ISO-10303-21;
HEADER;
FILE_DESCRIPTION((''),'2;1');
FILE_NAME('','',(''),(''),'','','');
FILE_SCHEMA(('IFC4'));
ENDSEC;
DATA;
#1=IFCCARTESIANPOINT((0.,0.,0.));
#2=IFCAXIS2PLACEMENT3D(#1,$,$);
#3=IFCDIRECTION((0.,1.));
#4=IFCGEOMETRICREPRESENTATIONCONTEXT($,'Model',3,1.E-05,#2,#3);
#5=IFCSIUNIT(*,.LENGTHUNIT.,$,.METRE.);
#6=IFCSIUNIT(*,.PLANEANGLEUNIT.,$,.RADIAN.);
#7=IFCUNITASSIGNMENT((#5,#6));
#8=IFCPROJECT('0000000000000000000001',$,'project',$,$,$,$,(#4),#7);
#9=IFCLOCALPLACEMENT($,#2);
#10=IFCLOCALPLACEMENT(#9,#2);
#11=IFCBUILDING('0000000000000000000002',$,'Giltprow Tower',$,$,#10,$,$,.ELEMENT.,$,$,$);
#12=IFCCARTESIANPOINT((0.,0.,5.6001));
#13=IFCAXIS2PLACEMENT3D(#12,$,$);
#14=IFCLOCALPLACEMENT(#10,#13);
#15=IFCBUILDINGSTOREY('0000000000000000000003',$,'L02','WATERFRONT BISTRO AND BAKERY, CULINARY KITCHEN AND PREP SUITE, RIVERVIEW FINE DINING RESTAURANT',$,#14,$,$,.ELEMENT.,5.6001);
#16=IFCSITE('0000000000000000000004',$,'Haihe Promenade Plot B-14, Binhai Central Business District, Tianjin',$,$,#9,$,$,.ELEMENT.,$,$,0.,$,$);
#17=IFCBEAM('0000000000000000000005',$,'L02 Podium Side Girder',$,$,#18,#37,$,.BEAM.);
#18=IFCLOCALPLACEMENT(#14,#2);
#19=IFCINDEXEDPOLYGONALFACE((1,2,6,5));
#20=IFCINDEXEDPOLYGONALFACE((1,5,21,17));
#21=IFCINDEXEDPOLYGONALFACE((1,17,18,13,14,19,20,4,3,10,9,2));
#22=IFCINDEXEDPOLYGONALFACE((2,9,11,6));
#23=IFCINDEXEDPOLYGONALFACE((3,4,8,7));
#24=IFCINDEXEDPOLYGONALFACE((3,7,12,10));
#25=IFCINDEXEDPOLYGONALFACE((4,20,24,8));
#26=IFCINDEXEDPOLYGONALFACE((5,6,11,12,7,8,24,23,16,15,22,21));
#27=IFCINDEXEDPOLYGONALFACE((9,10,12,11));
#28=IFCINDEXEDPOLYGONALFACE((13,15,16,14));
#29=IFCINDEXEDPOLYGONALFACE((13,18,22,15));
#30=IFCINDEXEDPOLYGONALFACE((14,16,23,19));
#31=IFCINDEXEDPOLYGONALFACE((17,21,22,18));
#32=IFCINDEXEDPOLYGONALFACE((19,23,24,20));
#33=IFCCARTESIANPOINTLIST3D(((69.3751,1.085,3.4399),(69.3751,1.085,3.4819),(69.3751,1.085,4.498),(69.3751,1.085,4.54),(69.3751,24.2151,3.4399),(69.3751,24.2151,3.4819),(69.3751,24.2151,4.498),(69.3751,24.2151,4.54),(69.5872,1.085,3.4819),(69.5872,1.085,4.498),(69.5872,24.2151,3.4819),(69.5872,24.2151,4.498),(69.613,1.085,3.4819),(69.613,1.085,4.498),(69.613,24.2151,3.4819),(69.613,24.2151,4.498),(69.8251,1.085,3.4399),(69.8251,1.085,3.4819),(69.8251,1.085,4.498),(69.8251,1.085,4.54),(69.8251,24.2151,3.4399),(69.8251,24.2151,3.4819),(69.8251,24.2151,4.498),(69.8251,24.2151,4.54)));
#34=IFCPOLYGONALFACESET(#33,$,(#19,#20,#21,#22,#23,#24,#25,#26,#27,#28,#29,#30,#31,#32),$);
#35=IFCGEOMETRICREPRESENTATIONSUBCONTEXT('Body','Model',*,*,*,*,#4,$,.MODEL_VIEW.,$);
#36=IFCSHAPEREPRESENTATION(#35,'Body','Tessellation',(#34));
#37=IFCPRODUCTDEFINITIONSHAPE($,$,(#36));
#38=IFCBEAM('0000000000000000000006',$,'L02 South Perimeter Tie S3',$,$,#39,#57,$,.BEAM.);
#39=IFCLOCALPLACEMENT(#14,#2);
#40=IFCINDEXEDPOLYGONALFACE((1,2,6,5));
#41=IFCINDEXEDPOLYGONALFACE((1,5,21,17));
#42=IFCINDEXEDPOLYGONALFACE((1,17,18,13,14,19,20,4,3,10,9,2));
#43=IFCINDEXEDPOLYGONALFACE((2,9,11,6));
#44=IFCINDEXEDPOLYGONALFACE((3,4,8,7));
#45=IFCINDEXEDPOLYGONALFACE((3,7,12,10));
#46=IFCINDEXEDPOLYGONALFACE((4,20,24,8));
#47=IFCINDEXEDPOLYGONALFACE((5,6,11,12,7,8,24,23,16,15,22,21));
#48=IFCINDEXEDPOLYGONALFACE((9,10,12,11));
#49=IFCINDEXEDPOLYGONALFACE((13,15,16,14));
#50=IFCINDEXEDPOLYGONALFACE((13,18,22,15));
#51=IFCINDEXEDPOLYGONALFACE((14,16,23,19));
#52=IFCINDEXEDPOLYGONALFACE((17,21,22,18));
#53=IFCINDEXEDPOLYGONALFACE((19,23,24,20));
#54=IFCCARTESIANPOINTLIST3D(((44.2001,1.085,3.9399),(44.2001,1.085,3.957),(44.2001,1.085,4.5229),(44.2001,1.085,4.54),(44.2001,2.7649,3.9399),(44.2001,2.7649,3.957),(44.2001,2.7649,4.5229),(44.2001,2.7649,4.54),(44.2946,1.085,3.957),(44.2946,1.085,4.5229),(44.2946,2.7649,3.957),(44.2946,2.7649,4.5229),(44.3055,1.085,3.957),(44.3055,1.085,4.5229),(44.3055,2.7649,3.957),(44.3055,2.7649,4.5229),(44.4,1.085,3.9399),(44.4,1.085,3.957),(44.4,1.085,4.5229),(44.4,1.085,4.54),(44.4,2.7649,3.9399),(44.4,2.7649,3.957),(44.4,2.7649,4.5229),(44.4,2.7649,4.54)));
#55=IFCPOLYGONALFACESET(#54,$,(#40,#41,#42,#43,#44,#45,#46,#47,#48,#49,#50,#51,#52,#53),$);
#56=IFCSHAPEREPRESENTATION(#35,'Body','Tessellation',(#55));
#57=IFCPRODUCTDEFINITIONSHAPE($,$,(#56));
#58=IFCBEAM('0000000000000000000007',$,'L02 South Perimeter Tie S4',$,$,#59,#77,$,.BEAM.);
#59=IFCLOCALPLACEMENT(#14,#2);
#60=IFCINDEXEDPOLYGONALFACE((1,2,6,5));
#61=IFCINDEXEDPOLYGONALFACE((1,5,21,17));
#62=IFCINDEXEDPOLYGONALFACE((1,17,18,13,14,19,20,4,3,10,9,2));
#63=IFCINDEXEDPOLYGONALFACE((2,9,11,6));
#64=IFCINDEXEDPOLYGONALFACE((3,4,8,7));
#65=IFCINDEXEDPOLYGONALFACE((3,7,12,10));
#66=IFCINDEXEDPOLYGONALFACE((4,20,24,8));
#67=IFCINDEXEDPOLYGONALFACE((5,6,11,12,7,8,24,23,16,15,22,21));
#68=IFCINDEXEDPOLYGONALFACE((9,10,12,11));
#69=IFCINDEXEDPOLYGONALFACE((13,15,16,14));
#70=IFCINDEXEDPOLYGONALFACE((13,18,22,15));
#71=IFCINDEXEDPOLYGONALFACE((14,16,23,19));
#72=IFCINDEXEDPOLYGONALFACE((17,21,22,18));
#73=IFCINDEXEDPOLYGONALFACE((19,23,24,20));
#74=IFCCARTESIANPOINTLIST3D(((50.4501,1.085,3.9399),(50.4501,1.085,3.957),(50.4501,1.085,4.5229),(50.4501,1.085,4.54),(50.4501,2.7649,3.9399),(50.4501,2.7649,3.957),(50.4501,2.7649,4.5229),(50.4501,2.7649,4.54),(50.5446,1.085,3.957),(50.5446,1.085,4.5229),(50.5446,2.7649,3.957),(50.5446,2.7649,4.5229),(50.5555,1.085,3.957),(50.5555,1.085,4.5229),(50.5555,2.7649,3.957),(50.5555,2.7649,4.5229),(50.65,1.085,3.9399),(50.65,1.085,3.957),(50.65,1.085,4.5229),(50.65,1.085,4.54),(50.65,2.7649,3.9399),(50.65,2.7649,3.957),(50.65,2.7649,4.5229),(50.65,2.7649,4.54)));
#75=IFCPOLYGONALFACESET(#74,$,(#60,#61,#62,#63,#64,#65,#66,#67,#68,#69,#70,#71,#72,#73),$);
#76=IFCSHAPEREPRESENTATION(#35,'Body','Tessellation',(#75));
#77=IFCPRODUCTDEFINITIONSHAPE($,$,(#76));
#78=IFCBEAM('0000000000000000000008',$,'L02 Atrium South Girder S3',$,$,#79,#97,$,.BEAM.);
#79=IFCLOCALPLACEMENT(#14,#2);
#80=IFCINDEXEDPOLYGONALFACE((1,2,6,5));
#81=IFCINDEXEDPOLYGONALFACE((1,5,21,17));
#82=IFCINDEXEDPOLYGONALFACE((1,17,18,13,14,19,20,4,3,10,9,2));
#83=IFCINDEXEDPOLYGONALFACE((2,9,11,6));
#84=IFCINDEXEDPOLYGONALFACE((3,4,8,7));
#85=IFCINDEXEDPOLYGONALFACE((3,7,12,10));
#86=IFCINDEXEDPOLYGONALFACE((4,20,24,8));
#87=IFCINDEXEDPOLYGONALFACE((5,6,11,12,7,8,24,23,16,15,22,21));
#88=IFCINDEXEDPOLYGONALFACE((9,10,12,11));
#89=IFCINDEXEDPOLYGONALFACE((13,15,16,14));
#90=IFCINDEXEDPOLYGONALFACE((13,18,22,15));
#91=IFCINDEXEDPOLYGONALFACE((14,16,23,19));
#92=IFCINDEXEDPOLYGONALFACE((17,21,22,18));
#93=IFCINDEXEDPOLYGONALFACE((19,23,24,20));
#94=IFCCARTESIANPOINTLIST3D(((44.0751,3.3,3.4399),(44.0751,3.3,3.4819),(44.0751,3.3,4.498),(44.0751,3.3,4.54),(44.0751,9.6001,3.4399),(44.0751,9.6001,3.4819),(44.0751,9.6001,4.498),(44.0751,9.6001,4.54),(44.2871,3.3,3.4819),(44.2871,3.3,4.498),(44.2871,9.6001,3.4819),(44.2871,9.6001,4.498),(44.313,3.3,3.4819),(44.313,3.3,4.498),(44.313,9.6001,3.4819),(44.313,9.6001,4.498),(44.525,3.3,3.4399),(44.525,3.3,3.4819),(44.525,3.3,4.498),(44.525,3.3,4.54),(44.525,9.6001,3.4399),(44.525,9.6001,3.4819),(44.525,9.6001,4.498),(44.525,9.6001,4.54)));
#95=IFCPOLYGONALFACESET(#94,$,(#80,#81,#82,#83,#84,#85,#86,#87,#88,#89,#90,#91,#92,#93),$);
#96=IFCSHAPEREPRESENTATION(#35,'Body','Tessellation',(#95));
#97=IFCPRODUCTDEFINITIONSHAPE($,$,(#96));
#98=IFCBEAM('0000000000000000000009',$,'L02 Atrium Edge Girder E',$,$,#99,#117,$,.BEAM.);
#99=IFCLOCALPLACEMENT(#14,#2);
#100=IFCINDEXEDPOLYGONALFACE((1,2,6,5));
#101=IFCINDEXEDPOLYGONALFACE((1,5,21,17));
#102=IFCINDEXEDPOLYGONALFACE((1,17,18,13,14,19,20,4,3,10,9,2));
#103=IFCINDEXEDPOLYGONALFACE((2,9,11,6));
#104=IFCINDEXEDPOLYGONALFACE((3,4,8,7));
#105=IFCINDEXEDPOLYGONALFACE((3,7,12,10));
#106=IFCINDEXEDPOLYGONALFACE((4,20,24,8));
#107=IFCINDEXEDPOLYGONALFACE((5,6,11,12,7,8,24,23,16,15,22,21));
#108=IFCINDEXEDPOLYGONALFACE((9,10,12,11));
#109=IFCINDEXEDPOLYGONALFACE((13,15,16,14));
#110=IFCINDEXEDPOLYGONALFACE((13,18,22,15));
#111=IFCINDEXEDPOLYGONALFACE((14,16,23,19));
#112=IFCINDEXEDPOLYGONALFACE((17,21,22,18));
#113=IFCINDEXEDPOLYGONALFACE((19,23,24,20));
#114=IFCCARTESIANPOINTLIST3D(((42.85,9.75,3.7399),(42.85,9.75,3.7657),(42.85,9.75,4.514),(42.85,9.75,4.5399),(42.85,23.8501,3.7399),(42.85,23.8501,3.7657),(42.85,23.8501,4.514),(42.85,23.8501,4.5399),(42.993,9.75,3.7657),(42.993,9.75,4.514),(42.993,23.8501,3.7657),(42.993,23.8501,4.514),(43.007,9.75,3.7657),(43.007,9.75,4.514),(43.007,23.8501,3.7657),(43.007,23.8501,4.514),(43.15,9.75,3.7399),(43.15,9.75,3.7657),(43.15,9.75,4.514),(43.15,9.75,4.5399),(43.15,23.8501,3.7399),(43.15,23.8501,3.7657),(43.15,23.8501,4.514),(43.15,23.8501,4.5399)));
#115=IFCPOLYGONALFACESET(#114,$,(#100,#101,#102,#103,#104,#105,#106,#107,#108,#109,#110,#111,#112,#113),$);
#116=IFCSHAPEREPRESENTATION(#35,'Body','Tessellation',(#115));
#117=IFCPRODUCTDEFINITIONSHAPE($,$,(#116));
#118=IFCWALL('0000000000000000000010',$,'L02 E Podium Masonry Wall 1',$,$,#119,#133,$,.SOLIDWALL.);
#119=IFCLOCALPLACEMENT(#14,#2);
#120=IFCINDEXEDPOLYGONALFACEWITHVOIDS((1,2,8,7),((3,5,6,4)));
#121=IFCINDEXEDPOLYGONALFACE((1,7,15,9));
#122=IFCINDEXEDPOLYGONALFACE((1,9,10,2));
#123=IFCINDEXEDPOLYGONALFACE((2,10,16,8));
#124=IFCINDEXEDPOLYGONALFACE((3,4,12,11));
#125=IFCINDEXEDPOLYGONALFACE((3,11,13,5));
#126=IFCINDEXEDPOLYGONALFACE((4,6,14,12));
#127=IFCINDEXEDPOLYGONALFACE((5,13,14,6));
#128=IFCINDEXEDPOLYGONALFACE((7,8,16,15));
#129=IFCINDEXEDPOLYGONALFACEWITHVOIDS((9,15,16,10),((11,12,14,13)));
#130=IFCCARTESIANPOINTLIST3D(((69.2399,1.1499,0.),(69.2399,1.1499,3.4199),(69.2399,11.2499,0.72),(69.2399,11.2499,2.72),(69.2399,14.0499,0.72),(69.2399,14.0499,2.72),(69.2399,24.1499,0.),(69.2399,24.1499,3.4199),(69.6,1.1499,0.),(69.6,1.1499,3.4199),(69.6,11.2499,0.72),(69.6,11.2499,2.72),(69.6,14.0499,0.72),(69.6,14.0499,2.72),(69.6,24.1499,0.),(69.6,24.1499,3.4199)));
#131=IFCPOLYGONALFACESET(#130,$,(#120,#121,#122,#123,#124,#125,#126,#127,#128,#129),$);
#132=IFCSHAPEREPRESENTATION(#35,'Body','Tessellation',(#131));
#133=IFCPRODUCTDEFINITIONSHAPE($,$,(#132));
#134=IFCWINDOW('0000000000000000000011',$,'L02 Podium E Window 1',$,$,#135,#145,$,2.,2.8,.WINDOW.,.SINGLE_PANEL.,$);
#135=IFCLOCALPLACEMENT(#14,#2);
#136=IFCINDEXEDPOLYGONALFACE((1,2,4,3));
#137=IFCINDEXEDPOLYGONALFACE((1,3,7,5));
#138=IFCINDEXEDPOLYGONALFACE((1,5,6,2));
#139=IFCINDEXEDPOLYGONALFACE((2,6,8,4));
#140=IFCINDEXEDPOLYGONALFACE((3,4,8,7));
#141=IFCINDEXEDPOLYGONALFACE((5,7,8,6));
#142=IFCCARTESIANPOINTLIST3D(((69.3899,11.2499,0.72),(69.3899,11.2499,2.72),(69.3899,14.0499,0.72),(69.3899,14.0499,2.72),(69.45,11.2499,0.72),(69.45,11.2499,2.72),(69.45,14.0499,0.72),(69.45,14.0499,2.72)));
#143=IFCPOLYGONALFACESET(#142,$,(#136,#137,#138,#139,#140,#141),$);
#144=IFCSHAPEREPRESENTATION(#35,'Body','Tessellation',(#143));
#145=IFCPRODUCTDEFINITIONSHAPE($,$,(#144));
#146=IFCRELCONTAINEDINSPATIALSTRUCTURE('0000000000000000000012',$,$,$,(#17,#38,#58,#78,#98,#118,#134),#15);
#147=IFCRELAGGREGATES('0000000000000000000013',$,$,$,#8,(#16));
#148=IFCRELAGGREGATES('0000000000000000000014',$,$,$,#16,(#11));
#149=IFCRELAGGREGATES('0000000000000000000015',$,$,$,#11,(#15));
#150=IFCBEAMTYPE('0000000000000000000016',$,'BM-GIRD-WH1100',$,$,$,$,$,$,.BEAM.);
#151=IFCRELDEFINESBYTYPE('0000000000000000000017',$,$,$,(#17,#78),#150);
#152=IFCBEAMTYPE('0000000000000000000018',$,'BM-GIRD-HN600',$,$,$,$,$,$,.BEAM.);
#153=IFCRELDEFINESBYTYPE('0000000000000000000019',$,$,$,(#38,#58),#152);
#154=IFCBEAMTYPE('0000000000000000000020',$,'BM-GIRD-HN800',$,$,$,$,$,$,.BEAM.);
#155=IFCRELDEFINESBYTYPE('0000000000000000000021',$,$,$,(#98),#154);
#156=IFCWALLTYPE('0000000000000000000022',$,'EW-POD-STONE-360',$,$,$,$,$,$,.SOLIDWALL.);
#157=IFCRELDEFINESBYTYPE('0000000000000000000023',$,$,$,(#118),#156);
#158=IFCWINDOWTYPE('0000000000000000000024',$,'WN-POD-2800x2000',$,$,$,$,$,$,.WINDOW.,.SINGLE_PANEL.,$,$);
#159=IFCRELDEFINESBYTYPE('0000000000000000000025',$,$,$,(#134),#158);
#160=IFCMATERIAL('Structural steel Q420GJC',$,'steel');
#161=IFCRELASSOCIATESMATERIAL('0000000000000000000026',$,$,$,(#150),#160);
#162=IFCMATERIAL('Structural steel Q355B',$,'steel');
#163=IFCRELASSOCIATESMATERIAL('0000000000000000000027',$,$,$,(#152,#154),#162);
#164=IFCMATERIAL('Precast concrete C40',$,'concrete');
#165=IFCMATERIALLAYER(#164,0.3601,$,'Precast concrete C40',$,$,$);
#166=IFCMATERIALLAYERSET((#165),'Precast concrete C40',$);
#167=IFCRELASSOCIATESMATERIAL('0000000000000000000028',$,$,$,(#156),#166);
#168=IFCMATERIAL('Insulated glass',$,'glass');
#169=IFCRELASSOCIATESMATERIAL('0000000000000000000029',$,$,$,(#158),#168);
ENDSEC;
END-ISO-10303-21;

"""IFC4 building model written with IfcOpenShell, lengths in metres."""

from ifc_helpers import new_model, si_unit, direction, frame, frame_2d, origin, origin_2d, place, context, subcontext, project, spatial, rectangle, i_section, extrude, source, transform, mapped, material, layer, layer_set, material_profile, profile_set, type_object, element, fill, save


model = new_model("IFC4")

# Units and contexts
model_context = context("Model", 3, precision=1e-05, world=origin(), true_north=direction((0.0, 1.0)))
body_context = subcontext(model_context, "Body", "Model", "MODEL_VIEW")
ifc_project = project(units=[si_unit("LENGTHUNIT", "METRE"), si_unit("PLANEANGLEUNIT", "RADIAN")], contexts=[model_context])

# Site, building, storey
site_placement = place(None, origin())
site = spatial("IfcSite", under=ifc_project, at=site_placement, Name="Haihe Promenade Plot B-14, Binhai Central Business District, Tianjin", CompositionType="ELEMENT", RefElevation=0.0)
building_placement = place(site_placement, origin())
building = spatial("IfcBuilding", under=site, at=building_placement, Name="Giltprow Tower", CompositionType="ELEMENT")
storey_placement = place(building_placement, frame((0.0, 0.0, 5.6001)))
storey = spatial("IfcBuildingStorey", under=building, at=storey_placement, Name="L02", Description="WATERFRONT BISTRO AND BAKERY, CULINARY KITCHEN AND PREP SUITE, RIVERVIEW FINE DINING RESTAURANT", CompositionType="ELEMENT", Elevation=5.6001)

# Shared definitions
ifc_material_1 = material(Name="Structural steel Q420GJC", Category="steel")

# Beams
ifc_material_profile_1 = material_profile(ifc_material_1, i_section(OverallWidth=0.45, OverallDepth=1.1001, WebThickness=0.0259, FlangeThickness=0.042, at=origin_2d()), Name="WH 1100x450x26x42")
ifc_profile_set_1 = profile_set([ifc_material_profile_1], Name="Structural steel Q420GJC")
beam_type_1 = type_object("IfcBeamType", Name="BM-GIRD-WH1100", PredefinedType="BEAM", material=ifc_profile_set_1)
shared_shape_1 = source(origin(), body_context, "Body", "SweptSolid", [
    extrude(i_section(OverallWidth=0.45, OverallDepth=1.1001, WebThickness=0.0259, FlangeThickness=0.042, at=origin_2d()), origin(), (0.0, 0.0, 1.0), 23.1301),
])
beam_1_placement = place(storey_placement, frame((69.6001, 1.085, 3.99), z_axis=(0.0, 1.0, 0.0), x_axis=(-1.0, 0.0, 0.0)))
element("IfcBeam", 1, at=beam_1_placement, inside=storey, type_object=beam_type_1, Name="L02 Podium Side Girder", PredefinedType="BEAM", context=body_context, shape_type="MappedRepresentation", body=[
    mapped(shared_shape_1, transform((0.0, 0.0, 0.0), x_axis=(1.0, 0.0, 0.0), y_axis=(0.0, 1.0, 0.0), z_axis=(0.0, 0.0, 1.0), scale=1.0)),
])
ifc_material_2 = material(Name="Structural steel Q355B", Category="steel")
ifc_material_profile_2 = material_profile(ifc_material_2, i_section(OverallWidth=0.2, OverallDepth=0.6001, WebThickness=0.011, FlangeThickness=0.0171, at=origin_2d()), Name="HN 600x200x11x17")
ifc_profile_set_2 = profile_set([ifc_material_profile_2], Name="Structural steel Q355B")
beam_type_2 = type_object("IfcBeamType", Name="BM-GIRD-HN600", PredefinedType="BEAM", material=ifc_profile_set_2)
shared_shape_2 = source(origin(), body_context, "Body", "SweptSolid", [
    extrude(i_section(OverallWidth=0.2, OverallDepth=0.6001, WebThickness=0.011, FlangeThickness=0.0171, at=origin_2d()), origin(), (0.0, 0.0, 1.0), 1.6799),
])
for number, where, z_axis, x_axis, name in (
    (2, (44.3, 1.085, 4.24), (0.0, 1.0, 0.0), (-1.0, 0.0, 0.0), "L02 South Perimeter Tie S3"),
    (3, (50.55, 1.085, 4.24), (0.0, 1.0, 0.0), (-1.0, 0.0, 0.0), "L02 South Perimeter Tie S4"),
):
    element("IfcBeam", number, at=place(storey_placement, frame(where, z_axis=z_axis, x_axis=x_axis)), inside=storey, type_object=beam_type_2, Name=name, PredefinedType="BEAM", context=body_context, shape_type="MappedRepresentation", body=[
        mapped(shared_shape_2, transform((0.0, 0.0, 0.0), x_axis=(1.0, 0.0, 0.0), y_axis=(0.0, 1.0, 0.0), z_axis=(0.0, 0.0, 1.0), scale=1.0)),
    ])
shared_shape_3 = source(origin(), body_context, "Body", "SweptSolid", [
    extrude(i_section(OverallWidth=0.45, OverallDepth=1.1001, WebThickness=0.0259, FlangeThickness=0.042, at=origin_2d()), origin(), (0.0, 0.0, 1.0), 6.3),
])
beam_2_placement = place(storey_placement, frame((44.3, 3.3, 3.99), z_axis=(0.0, 1.0, 0.0), x_axis=(-1.0, 0.0, 0.0)))
element("IfcBeam", 4, at=beam_2_placement, inside=storey, type_object=beam_type_1, Name="L02 Atrium South Girder S3", PredefinedType="BEAM", context=body_context, shape_type="MappedRepresentation", body=[
    mapped(shared_shape_3, transform((0.0, 0.0, 0.0), x_axis=(1.0, 0.0, 0.0), y_axis=(0.0, 1.0, 0.0), z_axis=(0.0, 0.0, 1.0), scale=1.0)),
])
ifc_material_profile_3 = material_profile(ifc_material_2, i_section(OverallWidth=0.3, OverallDepth=0.8, WebThickness=0.0139, FlangeThickness=0.0259, at=origin_2d()), Name="HN 800x300x14x26")
ifc_profile_set_3 = profile_set([ifc_material_profile_3], Name="Structural steel Q355B")
beam_type_3 = type_object("IfcBeamType", Name="BM-GIRD-HN800", PredefinedType="BEAM", material=ifc_profile_set_3)
shared_shape_4 = source(origin(), body_context, "Body", "SweptSolid", [
    extrude(i_section(OverallWidth=0.3, OverallDepth=0.8, WebThickness=0.0139, FlangeThickness=0.0259, at=origin_2d()), origin(), (0.0, 0.0, 1.0), 14.1001),
])
beam_3_placement = place(storey_placement, frame((43.0, 9.75, 4.1399), z_axis=(0.0, 1.0, 0.0), x_axis=(-1.0, 0.0, 0.0)))
element("IfcBeam", 5, at=beam_3_placement, inside=storey, type_object=beam_type_3, Name="L02 Atrium Edge Girder E", PredefinedType="BEAM", context=body_context, shape_type="MappedRepresentation", body=[
    mapped(shared_shape_4, transform((0.0, 0.0, 0.0), x_axis=(1.0, 0.0, 0.0), y_axis=(0.0, 1.0, 0.0), z_axis=(0.0, 0.0, 1.0), scale=1.0)),
])

# Wall, opening, window
ifc_material_3 = material(Name="Precast concrete C40", Category="concrete")
ifc_layer = layer(ifc_material_3, 0.3601, Name="Precast concrete C40")
ifc_layer_set = layer_set([ifc_layer], Name="Precast concrete C40")
wall_type = type_object("IfcWallType", Name="EW-POD-STONE-360", PredefinedType="SOLIDWALL", material=ifc_layer_set)
wall_placement = place(storey_placement, frame((69.4199, 1.1499, 0.0), z_axis=(0.0, 0.0, 1.0), x_axis=(0.0, 1.0, 0.0)))
wall = element("IfcWall", 6, at=wall_placement, inside=storey, type_object=wall_type, Name="L02 E Podium Masonry Wall 1", PredefinedType="SOLIDWALL", context=body_context, shape_type="SweptSolid", body=[
    extrude(rectangle(XDim=23.0, YDim=0.3601, at=frame_2d((11.5, 0.0))), origin(), (0.0, 0.0, 1.0), 3.4199),
])
opening_placement = place(wall_placement, frame((10.1001, 0.0, 0.72)))
opening = element("IfcOpeningElement", 7, at=opening_placement, cuts=wall, PredefinedType="OPENING", context=body_context, shape_type="SweptSolid", body=[
    extrude(rectangle(XDim=2.8, YDim=2.0, at=frame_2d((1.3999, 1.0))), frame((0.0, 0.1899, 0.0), z_axis=(0.0, -1.0, 0.0), x_axis=(1.0, 0.0, 0.0)), (0.0, 0.0, 1.0), 0.3801),
])
ifc_material_4 = material(Name="Insulated glass", Category="glass")
window_type = type_object("IfcWindowType", Name="WN-POD-2800x2000", PartitioningType="SINGLE_PANEL", PredefinedType="WINDOW", material=ifc_material_4)
shared_shape_5 = source(origin(), body_context, "Body", "SweptSolid", [
    extrude(rectangle(XDim=2.8, YDim=2.0, at=frame_2d((1.3999, 1.0))), frame((0.0, 0.03, 0.0), z_axis=(0.0, -1.0, 0.0), x_axis=(1.0, 0.0, 0.0)), (0.0, 0.0, 1.0), 0.0601),
])
window_placement = place(opening_placement, origin())
window = element("IfcWindow", 8, at=window_placement, inside=storey, type_object=window_type, Name="L02 Podium E Window 1", OverallHeight=2.0, OverallWidth=2.8, PartitioningType="SINGLE_PANEL", PredefinedType="WINDOW", context=body_context, shape_type="MappedRepresentation", body=[
    mapped(shared_shape_5, transform((0.0, 0.0, 0.0), x_axis=(1.0, 0.0, 0.0), y_axis=(0.0, 1.0, 0.0), z_axis=(0.0, 0.0, 1.0), scale=1.0)),
])
fill(opening, window)

save(model, "model.ifc")
